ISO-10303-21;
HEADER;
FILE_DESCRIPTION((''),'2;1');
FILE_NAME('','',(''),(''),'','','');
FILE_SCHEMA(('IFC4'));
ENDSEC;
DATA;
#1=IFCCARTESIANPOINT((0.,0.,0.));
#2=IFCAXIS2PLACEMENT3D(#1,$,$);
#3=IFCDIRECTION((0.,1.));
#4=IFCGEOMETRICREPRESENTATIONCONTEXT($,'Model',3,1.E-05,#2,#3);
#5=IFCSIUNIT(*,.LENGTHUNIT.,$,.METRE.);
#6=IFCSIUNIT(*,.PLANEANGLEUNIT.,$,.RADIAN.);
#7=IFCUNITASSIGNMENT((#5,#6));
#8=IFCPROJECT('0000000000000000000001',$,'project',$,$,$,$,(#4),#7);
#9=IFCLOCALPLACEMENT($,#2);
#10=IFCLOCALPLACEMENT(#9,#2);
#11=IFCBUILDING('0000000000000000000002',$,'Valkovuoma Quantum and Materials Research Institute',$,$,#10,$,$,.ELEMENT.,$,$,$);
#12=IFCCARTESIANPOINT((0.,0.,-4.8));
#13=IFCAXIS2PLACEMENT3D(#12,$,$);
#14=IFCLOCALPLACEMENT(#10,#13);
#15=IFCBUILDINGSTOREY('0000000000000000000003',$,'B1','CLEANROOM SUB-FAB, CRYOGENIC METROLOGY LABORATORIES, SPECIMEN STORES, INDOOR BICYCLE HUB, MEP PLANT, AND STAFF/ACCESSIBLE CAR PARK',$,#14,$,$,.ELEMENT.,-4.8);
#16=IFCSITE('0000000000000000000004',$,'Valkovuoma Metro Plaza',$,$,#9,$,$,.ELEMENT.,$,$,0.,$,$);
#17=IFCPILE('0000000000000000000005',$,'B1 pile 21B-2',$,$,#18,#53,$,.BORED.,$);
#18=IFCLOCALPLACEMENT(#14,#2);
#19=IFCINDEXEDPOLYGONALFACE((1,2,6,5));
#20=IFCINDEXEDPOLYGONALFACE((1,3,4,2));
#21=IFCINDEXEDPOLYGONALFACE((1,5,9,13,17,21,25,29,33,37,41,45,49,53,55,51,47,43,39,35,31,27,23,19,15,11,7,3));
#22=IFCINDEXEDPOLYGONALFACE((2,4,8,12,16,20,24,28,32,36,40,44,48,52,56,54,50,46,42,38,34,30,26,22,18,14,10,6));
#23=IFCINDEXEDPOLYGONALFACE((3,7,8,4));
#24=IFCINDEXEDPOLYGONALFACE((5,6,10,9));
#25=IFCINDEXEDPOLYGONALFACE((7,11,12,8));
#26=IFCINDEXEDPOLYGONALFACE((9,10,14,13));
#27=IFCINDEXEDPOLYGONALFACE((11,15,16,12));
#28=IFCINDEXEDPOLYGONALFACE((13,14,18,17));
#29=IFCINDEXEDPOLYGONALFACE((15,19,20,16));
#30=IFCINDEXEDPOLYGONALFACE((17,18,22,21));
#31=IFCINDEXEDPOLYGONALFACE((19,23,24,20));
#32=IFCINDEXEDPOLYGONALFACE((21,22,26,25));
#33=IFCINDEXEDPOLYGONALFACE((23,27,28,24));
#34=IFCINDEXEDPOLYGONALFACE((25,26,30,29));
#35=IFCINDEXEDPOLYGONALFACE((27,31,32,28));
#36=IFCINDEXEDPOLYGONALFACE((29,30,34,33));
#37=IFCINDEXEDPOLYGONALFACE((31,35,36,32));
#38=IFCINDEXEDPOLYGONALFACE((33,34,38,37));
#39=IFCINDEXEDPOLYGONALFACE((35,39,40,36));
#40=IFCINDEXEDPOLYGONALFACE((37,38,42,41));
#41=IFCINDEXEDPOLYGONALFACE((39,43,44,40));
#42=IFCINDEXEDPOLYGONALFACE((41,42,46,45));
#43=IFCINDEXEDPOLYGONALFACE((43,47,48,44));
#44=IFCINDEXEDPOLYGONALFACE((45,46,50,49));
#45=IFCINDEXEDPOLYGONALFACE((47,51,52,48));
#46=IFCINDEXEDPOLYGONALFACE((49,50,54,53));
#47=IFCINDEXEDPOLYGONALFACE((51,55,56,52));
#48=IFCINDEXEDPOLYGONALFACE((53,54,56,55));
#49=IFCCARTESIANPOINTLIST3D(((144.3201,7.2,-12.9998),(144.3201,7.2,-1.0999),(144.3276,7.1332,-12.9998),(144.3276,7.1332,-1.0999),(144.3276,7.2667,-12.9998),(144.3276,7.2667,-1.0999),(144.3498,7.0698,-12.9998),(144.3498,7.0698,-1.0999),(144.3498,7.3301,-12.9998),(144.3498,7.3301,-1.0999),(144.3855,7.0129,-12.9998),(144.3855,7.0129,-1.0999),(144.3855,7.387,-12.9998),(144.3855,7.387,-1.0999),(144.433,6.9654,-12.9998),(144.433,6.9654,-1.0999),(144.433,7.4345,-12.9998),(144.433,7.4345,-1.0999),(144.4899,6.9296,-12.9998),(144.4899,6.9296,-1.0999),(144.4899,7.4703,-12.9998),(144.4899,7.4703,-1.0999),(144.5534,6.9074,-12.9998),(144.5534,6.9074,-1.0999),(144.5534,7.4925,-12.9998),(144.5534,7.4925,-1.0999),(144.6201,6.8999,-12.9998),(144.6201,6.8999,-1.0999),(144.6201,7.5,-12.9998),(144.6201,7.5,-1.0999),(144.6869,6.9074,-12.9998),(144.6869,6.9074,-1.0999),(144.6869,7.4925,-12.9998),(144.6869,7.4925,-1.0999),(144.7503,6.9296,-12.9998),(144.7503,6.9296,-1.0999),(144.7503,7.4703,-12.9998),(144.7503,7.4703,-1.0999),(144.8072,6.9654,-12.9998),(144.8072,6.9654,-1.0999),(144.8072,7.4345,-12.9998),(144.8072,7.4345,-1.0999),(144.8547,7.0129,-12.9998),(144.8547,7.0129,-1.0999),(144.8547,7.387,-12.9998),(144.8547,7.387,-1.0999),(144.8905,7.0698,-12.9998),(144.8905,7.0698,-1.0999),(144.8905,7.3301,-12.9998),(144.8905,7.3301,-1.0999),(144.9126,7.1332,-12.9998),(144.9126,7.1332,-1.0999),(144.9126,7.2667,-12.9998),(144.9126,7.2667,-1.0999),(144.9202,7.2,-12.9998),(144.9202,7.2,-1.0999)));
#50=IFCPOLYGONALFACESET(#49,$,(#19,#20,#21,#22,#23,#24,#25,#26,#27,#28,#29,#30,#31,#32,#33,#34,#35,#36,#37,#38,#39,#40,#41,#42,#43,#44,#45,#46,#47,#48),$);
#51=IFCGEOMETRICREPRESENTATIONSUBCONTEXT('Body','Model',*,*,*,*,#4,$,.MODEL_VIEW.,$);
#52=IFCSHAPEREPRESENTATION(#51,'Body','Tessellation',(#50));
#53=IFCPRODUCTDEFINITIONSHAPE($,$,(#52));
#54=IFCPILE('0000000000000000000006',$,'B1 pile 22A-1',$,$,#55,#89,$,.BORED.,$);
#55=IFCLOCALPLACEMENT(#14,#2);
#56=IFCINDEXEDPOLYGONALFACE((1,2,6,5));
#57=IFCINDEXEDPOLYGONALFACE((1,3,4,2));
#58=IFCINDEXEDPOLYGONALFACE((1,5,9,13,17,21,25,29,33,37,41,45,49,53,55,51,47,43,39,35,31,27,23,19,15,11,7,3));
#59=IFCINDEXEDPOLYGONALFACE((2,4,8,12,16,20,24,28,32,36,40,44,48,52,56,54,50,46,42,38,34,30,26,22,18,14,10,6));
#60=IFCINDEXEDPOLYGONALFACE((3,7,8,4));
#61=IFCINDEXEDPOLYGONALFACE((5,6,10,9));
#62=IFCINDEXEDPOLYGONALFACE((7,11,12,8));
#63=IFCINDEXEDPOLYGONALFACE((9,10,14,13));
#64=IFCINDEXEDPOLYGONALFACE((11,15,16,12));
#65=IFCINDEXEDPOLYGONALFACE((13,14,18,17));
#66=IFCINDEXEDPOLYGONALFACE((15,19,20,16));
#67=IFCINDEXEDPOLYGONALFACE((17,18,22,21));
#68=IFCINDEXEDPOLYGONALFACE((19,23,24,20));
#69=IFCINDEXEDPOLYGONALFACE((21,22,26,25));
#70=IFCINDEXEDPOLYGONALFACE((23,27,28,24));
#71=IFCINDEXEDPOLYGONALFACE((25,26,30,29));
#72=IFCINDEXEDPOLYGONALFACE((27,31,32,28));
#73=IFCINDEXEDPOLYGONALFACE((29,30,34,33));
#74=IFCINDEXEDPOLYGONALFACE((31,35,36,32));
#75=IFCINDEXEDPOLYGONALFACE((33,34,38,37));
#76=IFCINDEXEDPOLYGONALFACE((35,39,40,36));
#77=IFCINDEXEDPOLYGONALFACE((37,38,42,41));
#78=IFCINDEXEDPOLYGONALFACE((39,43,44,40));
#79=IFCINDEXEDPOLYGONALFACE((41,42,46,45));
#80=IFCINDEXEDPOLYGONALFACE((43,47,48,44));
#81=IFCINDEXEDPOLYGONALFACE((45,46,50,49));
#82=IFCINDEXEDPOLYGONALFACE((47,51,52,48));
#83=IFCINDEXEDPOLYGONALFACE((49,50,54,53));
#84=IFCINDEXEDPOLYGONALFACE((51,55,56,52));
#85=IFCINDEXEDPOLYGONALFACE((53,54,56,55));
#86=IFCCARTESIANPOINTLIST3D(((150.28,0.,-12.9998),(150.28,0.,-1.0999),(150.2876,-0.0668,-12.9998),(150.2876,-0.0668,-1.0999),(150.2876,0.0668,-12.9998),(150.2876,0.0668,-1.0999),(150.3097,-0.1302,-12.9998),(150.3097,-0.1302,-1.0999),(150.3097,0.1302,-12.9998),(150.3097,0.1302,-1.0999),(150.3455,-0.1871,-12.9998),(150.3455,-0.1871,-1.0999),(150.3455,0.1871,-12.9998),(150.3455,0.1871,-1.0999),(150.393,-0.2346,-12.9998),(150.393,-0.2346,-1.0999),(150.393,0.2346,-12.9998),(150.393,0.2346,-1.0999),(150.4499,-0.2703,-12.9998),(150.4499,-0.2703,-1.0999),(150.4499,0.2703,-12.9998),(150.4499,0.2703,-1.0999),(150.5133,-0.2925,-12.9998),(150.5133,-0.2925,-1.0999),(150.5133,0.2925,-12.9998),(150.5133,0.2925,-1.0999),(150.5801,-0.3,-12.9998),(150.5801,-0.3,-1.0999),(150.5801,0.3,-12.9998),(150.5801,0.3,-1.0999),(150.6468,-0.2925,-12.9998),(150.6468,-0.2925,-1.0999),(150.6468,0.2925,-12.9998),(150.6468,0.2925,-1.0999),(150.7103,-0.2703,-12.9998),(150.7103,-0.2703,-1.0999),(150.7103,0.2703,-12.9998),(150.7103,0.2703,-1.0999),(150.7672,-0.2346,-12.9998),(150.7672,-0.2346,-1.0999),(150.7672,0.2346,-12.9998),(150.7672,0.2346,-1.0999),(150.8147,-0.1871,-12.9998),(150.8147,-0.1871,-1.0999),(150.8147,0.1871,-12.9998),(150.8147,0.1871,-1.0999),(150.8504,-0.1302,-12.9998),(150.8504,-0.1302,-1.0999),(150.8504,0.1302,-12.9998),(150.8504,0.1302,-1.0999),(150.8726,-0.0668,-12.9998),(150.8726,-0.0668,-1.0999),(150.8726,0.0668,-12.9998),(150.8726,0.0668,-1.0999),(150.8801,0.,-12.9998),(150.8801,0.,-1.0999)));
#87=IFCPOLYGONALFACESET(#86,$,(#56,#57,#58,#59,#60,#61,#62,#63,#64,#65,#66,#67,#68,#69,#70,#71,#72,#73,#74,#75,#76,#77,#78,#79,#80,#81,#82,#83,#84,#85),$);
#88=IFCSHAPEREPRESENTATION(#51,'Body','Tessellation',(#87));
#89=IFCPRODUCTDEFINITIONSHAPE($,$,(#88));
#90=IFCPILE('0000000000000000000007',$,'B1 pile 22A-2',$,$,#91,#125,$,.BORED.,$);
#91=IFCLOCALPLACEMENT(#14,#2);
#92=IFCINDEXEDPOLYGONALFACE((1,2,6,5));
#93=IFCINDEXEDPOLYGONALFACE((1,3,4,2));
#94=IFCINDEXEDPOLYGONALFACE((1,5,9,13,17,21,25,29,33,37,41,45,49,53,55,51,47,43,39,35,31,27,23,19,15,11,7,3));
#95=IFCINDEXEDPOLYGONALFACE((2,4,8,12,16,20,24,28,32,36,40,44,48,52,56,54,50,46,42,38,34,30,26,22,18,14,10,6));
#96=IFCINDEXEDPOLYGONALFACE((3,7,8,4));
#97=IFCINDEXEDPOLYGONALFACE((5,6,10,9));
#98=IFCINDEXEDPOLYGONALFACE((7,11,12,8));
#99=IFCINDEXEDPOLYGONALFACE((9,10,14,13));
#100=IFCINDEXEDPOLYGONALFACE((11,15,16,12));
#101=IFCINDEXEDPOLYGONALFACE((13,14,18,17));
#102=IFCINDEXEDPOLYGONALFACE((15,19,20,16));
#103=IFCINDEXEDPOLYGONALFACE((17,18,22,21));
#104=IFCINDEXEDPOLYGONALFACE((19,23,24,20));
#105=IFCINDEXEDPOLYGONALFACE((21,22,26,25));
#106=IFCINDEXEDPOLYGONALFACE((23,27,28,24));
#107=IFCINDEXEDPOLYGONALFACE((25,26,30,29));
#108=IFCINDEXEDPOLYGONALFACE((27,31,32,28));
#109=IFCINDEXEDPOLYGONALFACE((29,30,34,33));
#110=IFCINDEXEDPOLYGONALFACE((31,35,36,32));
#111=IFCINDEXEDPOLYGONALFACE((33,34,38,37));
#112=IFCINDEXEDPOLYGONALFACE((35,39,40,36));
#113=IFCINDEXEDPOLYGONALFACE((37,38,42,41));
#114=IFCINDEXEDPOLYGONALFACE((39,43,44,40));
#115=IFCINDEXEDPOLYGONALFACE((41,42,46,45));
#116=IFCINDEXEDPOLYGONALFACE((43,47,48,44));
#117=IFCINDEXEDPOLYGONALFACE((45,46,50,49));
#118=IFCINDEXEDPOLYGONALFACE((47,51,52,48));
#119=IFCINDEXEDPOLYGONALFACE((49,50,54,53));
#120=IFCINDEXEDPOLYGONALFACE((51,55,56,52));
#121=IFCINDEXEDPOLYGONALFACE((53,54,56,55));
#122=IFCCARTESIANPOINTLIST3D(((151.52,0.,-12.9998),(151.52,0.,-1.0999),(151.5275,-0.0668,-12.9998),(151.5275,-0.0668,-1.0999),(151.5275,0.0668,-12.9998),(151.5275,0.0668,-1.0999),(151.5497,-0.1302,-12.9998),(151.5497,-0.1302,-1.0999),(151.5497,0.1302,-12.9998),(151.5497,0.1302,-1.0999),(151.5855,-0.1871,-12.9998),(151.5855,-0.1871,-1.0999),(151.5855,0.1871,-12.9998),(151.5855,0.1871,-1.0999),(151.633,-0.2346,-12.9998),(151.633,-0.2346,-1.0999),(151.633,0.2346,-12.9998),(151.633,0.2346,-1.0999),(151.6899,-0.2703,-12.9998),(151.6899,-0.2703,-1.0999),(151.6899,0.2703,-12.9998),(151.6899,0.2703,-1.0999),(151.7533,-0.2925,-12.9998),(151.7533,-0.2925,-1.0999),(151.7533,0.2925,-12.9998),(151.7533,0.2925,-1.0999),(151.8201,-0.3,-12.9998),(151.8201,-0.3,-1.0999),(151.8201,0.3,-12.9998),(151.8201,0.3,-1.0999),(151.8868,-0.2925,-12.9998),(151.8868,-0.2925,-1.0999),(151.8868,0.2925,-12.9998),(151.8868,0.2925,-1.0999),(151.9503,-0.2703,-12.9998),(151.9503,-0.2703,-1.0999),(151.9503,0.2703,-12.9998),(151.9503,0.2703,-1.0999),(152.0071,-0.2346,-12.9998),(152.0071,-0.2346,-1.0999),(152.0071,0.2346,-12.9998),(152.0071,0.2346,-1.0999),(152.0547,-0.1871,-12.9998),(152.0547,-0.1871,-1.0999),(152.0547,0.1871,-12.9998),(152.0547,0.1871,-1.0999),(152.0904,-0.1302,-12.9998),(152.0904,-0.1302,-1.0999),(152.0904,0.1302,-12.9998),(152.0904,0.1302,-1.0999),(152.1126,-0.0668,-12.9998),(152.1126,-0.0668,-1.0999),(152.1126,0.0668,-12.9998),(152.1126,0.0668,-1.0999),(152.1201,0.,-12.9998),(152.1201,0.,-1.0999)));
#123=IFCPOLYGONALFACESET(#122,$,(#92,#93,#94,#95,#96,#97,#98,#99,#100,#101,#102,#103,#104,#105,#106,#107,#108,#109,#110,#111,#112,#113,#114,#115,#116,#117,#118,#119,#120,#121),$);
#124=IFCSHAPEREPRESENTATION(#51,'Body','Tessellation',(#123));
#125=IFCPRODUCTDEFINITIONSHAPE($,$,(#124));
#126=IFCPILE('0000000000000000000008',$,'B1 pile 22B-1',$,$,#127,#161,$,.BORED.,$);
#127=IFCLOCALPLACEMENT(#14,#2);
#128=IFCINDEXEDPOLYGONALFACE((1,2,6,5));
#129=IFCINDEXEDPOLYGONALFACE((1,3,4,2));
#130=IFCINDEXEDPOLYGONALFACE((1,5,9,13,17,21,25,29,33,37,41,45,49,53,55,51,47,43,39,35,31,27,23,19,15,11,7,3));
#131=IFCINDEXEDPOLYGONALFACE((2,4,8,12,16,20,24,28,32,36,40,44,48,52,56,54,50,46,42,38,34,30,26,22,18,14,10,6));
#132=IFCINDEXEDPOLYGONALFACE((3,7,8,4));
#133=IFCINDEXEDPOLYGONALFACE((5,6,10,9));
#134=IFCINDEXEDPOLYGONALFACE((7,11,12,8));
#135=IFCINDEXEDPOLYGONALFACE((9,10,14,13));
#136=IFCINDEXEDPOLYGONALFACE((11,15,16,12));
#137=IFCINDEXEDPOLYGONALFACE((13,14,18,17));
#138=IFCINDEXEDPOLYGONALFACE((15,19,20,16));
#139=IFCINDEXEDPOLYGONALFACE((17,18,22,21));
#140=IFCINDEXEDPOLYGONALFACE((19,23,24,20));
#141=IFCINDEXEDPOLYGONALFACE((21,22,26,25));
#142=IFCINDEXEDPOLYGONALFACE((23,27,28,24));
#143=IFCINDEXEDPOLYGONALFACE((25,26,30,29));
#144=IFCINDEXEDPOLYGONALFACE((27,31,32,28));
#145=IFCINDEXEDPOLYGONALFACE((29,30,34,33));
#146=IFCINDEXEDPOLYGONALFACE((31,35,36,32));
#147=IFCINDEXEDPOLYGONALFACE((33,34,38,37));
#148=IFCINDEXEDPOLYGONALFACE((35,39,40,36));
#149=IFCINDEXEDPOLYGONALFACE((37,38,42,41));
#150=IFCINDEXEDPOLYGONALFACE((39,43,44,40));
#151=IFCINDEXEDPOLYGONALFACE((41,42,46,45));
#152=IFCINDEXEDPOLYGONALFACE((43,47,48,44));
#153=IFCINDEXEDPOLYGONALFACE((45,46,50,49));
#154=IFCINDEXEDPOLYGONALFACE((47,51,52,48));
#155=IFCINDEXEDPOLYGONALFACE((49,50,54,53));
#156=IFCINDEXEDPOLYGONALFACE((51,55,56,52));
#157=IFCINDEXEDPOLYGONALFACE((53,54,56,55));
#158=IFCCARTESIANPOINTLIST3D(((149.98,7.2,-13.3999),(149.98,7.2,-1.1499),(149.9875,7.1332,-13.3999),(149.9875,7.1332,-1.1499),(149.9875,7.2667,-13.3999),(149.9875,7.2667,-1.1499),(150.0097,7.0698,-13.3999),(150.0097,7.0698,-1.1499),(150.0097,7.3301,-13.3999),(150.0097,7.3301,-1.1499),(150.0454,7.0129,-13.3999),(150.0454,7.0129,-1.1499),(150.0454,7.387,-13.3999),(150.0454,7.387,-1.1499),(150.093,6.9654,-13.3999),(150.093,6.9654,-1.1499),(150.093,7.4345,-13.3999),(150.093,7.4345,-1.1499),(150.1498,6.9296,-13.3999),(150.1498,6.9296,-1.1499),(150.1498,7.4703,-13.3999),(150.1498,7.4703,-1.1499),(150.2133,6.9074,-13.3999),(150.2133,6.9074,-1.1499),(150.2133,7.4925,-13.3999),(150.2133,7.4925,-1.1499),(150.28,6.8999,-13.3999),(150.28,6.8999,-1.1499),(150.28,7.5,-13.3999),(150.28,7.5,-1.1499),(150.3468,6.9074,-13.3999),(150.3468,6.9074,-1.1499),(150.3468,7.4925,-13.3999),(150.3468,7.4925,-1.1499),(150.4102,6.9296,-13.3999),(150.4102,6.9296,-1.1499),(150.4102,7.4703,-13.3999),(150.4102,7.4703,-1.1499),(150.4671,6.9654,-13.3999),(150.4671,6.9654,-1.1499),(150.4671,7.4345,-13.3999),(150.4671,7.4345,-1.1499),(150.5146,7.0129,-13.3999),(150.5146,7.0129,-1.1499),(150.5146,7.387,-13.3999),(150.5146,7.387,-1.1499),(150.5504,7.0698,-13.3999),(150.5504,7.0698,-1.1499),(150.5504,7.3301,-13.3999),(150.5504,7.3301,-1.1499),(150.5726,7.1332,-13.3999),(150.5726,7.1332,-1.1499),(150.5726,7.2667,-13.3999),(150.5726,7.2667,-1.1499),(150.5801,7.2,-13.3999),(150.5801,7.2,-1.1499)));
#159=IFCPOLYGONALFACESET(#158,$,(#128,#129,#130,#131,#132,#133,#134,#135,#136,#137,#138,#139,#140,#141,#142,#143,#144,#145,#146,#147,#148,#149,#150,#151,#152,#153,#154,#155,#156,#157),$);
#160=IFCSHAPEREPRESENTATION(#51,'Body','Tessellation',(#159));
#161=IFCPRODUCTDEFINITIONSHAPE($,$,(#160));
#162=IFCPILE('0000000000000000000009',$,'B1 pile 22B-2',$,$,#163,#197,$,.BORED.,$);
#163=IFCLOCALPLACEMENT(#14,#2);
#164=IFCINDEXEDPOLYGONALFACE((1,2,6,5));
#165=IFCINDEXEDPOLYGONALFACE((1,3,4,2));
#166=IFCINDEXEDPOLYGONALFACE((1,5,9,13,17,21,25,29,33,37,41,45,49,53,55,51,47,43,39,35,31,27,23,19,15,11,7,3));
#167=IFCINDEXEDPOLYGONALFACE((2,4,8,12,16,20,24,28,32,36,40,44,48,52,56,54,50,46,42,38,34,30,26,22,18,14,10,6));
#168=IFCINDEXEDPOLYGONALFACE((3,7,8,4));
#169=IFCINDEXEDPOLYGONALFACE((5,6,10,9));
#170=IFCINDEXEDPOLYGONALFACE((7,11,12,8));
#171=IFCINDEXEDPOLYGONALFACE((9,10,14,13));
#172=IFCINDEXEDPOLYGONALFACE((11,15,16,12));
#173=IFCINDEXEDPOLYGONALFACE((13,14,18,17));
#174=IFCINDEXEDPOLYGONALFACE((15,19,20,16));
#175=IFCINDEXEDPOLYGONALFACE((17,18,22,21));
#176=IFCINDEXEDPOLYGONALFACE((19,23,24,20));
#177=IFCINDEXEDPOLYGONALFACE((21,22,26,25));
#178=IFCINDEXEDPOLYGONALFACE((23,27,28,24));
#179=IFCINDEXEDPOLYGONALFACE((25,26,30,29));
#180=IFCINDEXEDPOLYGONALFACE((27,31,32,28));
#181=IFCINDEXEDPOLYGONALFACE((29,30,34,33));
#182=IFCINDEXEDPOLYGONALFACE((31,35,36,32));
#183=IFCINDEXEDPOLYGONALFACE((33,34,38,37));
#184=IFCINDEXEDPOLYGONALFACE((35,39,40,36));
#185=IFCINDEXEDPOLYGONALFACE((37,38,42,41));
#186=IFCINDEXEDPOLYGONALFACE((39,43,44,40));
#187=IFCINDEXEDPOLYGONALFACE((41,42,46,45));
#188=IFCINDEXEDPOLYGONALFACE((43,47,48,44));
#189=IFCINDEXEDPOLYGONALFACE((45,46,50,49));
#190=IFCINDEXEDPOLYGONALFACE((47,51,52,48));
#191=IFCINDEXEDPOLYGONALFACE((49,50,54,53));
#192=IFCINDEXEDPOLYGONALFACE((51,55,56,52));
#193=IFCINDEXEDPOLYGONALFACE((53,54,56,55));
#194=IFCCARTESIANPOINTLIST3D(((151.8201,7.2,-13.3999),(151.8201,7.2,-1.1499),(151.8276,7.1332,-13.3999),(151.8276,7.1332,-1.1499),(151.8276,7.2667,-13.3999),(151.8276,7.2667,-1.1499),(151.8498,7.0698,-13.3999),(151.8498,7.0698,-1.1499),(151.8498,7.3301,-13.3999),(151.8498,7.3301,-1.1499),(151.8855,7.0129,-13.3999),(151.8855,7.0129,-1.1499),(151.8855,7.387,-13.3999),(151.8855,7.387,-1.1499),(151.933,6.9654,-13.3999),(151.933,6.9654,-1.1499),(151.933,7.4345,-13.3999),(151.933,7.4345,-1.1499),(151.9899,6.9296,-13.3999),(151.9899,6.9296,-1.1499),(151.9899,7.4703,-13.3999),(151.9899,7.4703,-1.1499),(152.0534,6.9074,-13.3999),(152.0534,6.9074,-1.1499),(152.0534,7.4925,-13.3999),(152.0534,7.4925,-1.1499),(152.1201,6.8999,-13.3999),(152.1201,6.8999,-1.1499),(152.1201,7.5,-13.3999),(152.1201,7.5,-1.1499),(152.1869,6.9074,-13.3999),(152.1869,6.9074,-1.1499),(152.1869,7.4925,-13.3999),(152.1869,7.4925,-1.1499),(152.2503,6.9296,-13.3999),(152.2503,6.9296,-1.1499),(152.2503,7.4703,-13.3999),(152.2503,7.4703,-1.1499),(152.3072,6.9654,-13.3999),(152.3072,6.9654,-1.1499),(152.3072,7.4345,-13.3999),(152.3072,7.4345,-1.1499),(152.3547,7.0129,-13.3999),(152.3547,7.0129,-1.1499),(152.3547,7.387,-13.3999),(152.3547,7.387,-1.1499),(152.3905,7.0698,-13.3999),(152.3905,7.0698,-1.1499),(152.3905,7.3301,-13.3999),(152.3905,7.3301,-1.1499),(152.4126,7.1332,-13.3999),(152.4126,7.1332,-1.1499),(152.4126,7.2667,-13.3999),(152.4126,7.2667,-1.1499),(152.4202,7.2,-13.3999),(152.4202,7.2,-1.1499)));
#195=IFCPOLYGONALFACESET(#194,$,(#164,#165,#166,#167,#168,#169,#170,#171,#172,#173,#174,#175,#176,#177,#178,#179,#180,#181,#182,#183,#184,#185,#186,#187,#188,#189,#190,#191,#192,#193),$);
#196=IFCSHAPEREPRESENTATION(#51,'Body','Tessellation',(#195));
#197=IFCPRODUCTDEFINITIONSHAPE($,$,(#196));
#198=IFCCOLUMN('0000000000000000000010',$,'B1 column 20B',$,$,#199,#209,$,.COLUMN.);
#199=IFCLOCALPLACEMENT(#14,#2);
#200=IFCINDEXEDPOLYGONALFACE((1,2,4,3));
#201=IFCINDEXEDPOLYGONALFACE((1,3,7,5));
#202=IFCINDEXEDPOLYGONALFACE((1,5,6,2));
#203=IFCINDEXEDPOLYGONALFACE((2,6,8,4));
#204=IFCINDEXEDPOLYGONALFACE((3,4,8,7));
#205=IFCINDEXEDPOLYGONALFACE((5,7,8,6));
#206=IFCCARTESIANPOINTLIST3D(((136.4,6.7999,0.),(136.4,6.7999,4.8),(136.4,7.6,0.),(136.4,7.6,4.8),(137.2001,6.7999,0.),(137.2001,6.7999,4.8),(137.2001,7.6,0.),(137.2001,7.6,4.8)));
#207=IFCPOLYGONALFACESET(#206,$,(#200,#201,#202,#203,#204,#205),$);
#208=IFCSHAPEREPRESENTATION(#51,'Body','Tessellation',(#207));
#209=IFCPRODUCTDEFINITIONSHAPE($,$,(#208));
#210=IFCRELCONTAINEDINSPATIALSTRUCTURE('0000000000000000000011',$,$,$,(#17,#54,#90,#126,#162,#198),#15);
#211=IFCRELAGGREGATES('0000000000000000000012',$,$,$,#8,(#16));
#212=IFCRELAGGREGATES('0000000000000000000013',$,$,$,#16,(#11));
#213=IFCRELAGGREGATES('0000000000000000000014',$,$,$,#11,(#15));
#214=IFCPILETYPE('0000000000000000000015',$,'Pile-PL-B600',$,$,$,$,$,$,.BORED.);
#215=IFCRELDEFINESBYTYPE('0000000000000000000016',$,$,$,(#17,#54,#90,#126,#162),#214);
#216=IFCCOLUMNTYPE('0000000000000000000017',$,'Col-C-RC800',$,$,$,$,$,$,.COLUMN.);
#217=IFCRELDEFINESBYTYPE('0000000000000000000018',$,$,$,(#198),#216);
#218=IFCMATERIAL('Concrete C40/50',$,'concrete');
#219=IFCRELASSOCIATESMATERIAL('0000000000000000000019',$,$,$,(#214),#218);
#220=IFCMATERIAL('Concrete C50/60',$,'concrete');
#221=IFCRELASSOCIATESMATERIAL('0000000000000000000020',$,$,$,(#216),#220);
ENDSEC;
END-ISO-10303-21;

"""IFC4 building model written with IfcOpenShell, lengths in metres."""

from ifc_helpers import new_model, si_unit, direction, frame, origin, origin_2d, place, context, subcontext, project, spatial, rectangle, circle, extrude, material, material_profile, profile_set, type_object, element, save


model = new_model("IFC4")

# Units and contexts
model_context = context("Model", 3, precision=1e-05, world=origin(), true_north=direction((0.0, 1.0)))
body_context = subcontext(model_context, "Body", "Model", "MODEL_VIEW")
ifc_project = project(units=[si_unit("LENGTHUNIT", "METRE"), si_unit("PLANEANGLEUNIT", "RADIAN")], contexts=[model_context])

# Site, building, storey
site_placement = place(None, origin())
site = spatial("IfcSite", under=ifc_project, at=site_placement, Name="Valkovuoma Metro Plaza", CompositionType="ELEMENT", RefElevation=0.0)
building_placement = place(site_placement, origin())
building = spatial("IfcBuilding", under=site, at=building_placement, Name="Valkovuoma Quantum and Materials Research Institute", CompositionType="ELEMENT")
storey_placement = place(building_placement, frame((0.0, 0.0, -4.8)))
storey = spatial("IfcBuildingStorey", under=building, at=storey_placement, Name="B1", Description="CLEANROOM SUB-FAB, CRYOGENIC METROLOGY LABORATORIES, SPECIMEN STORES, INDOOR BICYCLE HUB, MEP PLANT, AND STAFF/ACCESSIBLE CAR PARK", CompositionType="ELEMENT", Elevation=-4.8)

# Piles
ifc_material_1 = material(Name="Concrete C40/50", Category="concrete")
ifc_material_profile_1 = material_profile(ifc_material_1, circle(Radius=0.3, at=origin_2d()), Name="Concrete C40/50")
ifc_profile_set_1 = profile_set([ifc_material_profile_1], Name="Concrete C40/50")
pile_type = type_object("IfcPileType", Name="Pile-PL-B600", PredefinedType="BORED", material=ifc_profile_set_1)
for number, where, z_axis, x_axis, name in (
    (1, (144.6201, 7.2, -1.0999), (0.0, 0.0, -1.0), (1.0, 0.0, 0.0), "B1 pile 21B-2"),
    (2, (150.5801, 0.0, -1.0999), (0.0, 0.0, -1.0), (1.0, 0.0, 0.0), "B1 pile 22A-1"),
    (3, (151.8201, 0.0, -1.0999), (0.0, 0.0, -1.0), (1.0, 0.0, 0.0), "B1 pile 22A-2"),
):
    element("IfcPile", number, at=place(storey_placement, frame(where, z_axis=z_axis, x_axis=x_axis)), inside=storey, type_object=pile_type, Name=name, PredefinedType="BORED", context=body_context, shape_type="SweptSolid", body=[
        extrude(circle(Radius=0.3, at=origin_2d()), origin(), (0.0, 0.0, 1.0), 11.8999),
    ])
for number, where, z_axis, x_axis, name in (
    (4, (150.28, 7.2, -1.1499), (0.0, 0.0, -1.0), (1.0, 0.0, 0.0), "B1 pile 22B-1"),
    (5, (152.1201, 7.2, -1.1499), (0.0, 0.0, -1.0), (1.0, 0.0, 0.0), "B1 pile 22B-2"),
):
    element("IfcPile", number, at=place(storey_placement, frame(where, z_axis=z_axis, x_axis=x_axis)), inside=storey, type_object=pile_type, Name=name, PredefinedType="BORED", context=body_context, shape_type="SweptSolid", body=[
        extrude(circle(Radius=0.3, at=origin_2d()), origin(), (0.0, 0.0, 1.0), 12.25),
    ])

# Column
ifc_material_2 = material(Name="Concrete C50/60", Category="concrete")
ifc_material_profile_2 = material_profile(ifc_material_2, rectangle(XDim=0.8, YDim=0.8, at=origin_2d()), Name="Concrete C50/60")
ifc_profile_set_2 = profile_set([ifc_material_profile_2], Name="Concrete C50/60")
column_type = type_object("IfcColumnType", Name="Col-C-RC800", PredefinedType="COLUMN", material=ifc_profile_set_2)
for number, where, z_axis, x_axis, name in (
    (6, (136.8, 7.2, 0.0), (0.0, 0.0, 1.0), (1.0, 0.0, 0.0), "B1 column 20B"),
):
    element("IfcColumn", number, at=place(storey_placement, frame(where, z_axis=z_axis, x_axis=x_axis)), inside=storey, type_object=column_type, Name=name, PredefinedType="COLUMN", context=body_context, shape_type="SweptSolid", body=[
        extrude(rectangle(XDim=0.8, YDim=0.8, at=origin_2d()), origin(), (0.0, 0.0, 1.0), 4.8),
    ])

save(model, "model.ifc")
